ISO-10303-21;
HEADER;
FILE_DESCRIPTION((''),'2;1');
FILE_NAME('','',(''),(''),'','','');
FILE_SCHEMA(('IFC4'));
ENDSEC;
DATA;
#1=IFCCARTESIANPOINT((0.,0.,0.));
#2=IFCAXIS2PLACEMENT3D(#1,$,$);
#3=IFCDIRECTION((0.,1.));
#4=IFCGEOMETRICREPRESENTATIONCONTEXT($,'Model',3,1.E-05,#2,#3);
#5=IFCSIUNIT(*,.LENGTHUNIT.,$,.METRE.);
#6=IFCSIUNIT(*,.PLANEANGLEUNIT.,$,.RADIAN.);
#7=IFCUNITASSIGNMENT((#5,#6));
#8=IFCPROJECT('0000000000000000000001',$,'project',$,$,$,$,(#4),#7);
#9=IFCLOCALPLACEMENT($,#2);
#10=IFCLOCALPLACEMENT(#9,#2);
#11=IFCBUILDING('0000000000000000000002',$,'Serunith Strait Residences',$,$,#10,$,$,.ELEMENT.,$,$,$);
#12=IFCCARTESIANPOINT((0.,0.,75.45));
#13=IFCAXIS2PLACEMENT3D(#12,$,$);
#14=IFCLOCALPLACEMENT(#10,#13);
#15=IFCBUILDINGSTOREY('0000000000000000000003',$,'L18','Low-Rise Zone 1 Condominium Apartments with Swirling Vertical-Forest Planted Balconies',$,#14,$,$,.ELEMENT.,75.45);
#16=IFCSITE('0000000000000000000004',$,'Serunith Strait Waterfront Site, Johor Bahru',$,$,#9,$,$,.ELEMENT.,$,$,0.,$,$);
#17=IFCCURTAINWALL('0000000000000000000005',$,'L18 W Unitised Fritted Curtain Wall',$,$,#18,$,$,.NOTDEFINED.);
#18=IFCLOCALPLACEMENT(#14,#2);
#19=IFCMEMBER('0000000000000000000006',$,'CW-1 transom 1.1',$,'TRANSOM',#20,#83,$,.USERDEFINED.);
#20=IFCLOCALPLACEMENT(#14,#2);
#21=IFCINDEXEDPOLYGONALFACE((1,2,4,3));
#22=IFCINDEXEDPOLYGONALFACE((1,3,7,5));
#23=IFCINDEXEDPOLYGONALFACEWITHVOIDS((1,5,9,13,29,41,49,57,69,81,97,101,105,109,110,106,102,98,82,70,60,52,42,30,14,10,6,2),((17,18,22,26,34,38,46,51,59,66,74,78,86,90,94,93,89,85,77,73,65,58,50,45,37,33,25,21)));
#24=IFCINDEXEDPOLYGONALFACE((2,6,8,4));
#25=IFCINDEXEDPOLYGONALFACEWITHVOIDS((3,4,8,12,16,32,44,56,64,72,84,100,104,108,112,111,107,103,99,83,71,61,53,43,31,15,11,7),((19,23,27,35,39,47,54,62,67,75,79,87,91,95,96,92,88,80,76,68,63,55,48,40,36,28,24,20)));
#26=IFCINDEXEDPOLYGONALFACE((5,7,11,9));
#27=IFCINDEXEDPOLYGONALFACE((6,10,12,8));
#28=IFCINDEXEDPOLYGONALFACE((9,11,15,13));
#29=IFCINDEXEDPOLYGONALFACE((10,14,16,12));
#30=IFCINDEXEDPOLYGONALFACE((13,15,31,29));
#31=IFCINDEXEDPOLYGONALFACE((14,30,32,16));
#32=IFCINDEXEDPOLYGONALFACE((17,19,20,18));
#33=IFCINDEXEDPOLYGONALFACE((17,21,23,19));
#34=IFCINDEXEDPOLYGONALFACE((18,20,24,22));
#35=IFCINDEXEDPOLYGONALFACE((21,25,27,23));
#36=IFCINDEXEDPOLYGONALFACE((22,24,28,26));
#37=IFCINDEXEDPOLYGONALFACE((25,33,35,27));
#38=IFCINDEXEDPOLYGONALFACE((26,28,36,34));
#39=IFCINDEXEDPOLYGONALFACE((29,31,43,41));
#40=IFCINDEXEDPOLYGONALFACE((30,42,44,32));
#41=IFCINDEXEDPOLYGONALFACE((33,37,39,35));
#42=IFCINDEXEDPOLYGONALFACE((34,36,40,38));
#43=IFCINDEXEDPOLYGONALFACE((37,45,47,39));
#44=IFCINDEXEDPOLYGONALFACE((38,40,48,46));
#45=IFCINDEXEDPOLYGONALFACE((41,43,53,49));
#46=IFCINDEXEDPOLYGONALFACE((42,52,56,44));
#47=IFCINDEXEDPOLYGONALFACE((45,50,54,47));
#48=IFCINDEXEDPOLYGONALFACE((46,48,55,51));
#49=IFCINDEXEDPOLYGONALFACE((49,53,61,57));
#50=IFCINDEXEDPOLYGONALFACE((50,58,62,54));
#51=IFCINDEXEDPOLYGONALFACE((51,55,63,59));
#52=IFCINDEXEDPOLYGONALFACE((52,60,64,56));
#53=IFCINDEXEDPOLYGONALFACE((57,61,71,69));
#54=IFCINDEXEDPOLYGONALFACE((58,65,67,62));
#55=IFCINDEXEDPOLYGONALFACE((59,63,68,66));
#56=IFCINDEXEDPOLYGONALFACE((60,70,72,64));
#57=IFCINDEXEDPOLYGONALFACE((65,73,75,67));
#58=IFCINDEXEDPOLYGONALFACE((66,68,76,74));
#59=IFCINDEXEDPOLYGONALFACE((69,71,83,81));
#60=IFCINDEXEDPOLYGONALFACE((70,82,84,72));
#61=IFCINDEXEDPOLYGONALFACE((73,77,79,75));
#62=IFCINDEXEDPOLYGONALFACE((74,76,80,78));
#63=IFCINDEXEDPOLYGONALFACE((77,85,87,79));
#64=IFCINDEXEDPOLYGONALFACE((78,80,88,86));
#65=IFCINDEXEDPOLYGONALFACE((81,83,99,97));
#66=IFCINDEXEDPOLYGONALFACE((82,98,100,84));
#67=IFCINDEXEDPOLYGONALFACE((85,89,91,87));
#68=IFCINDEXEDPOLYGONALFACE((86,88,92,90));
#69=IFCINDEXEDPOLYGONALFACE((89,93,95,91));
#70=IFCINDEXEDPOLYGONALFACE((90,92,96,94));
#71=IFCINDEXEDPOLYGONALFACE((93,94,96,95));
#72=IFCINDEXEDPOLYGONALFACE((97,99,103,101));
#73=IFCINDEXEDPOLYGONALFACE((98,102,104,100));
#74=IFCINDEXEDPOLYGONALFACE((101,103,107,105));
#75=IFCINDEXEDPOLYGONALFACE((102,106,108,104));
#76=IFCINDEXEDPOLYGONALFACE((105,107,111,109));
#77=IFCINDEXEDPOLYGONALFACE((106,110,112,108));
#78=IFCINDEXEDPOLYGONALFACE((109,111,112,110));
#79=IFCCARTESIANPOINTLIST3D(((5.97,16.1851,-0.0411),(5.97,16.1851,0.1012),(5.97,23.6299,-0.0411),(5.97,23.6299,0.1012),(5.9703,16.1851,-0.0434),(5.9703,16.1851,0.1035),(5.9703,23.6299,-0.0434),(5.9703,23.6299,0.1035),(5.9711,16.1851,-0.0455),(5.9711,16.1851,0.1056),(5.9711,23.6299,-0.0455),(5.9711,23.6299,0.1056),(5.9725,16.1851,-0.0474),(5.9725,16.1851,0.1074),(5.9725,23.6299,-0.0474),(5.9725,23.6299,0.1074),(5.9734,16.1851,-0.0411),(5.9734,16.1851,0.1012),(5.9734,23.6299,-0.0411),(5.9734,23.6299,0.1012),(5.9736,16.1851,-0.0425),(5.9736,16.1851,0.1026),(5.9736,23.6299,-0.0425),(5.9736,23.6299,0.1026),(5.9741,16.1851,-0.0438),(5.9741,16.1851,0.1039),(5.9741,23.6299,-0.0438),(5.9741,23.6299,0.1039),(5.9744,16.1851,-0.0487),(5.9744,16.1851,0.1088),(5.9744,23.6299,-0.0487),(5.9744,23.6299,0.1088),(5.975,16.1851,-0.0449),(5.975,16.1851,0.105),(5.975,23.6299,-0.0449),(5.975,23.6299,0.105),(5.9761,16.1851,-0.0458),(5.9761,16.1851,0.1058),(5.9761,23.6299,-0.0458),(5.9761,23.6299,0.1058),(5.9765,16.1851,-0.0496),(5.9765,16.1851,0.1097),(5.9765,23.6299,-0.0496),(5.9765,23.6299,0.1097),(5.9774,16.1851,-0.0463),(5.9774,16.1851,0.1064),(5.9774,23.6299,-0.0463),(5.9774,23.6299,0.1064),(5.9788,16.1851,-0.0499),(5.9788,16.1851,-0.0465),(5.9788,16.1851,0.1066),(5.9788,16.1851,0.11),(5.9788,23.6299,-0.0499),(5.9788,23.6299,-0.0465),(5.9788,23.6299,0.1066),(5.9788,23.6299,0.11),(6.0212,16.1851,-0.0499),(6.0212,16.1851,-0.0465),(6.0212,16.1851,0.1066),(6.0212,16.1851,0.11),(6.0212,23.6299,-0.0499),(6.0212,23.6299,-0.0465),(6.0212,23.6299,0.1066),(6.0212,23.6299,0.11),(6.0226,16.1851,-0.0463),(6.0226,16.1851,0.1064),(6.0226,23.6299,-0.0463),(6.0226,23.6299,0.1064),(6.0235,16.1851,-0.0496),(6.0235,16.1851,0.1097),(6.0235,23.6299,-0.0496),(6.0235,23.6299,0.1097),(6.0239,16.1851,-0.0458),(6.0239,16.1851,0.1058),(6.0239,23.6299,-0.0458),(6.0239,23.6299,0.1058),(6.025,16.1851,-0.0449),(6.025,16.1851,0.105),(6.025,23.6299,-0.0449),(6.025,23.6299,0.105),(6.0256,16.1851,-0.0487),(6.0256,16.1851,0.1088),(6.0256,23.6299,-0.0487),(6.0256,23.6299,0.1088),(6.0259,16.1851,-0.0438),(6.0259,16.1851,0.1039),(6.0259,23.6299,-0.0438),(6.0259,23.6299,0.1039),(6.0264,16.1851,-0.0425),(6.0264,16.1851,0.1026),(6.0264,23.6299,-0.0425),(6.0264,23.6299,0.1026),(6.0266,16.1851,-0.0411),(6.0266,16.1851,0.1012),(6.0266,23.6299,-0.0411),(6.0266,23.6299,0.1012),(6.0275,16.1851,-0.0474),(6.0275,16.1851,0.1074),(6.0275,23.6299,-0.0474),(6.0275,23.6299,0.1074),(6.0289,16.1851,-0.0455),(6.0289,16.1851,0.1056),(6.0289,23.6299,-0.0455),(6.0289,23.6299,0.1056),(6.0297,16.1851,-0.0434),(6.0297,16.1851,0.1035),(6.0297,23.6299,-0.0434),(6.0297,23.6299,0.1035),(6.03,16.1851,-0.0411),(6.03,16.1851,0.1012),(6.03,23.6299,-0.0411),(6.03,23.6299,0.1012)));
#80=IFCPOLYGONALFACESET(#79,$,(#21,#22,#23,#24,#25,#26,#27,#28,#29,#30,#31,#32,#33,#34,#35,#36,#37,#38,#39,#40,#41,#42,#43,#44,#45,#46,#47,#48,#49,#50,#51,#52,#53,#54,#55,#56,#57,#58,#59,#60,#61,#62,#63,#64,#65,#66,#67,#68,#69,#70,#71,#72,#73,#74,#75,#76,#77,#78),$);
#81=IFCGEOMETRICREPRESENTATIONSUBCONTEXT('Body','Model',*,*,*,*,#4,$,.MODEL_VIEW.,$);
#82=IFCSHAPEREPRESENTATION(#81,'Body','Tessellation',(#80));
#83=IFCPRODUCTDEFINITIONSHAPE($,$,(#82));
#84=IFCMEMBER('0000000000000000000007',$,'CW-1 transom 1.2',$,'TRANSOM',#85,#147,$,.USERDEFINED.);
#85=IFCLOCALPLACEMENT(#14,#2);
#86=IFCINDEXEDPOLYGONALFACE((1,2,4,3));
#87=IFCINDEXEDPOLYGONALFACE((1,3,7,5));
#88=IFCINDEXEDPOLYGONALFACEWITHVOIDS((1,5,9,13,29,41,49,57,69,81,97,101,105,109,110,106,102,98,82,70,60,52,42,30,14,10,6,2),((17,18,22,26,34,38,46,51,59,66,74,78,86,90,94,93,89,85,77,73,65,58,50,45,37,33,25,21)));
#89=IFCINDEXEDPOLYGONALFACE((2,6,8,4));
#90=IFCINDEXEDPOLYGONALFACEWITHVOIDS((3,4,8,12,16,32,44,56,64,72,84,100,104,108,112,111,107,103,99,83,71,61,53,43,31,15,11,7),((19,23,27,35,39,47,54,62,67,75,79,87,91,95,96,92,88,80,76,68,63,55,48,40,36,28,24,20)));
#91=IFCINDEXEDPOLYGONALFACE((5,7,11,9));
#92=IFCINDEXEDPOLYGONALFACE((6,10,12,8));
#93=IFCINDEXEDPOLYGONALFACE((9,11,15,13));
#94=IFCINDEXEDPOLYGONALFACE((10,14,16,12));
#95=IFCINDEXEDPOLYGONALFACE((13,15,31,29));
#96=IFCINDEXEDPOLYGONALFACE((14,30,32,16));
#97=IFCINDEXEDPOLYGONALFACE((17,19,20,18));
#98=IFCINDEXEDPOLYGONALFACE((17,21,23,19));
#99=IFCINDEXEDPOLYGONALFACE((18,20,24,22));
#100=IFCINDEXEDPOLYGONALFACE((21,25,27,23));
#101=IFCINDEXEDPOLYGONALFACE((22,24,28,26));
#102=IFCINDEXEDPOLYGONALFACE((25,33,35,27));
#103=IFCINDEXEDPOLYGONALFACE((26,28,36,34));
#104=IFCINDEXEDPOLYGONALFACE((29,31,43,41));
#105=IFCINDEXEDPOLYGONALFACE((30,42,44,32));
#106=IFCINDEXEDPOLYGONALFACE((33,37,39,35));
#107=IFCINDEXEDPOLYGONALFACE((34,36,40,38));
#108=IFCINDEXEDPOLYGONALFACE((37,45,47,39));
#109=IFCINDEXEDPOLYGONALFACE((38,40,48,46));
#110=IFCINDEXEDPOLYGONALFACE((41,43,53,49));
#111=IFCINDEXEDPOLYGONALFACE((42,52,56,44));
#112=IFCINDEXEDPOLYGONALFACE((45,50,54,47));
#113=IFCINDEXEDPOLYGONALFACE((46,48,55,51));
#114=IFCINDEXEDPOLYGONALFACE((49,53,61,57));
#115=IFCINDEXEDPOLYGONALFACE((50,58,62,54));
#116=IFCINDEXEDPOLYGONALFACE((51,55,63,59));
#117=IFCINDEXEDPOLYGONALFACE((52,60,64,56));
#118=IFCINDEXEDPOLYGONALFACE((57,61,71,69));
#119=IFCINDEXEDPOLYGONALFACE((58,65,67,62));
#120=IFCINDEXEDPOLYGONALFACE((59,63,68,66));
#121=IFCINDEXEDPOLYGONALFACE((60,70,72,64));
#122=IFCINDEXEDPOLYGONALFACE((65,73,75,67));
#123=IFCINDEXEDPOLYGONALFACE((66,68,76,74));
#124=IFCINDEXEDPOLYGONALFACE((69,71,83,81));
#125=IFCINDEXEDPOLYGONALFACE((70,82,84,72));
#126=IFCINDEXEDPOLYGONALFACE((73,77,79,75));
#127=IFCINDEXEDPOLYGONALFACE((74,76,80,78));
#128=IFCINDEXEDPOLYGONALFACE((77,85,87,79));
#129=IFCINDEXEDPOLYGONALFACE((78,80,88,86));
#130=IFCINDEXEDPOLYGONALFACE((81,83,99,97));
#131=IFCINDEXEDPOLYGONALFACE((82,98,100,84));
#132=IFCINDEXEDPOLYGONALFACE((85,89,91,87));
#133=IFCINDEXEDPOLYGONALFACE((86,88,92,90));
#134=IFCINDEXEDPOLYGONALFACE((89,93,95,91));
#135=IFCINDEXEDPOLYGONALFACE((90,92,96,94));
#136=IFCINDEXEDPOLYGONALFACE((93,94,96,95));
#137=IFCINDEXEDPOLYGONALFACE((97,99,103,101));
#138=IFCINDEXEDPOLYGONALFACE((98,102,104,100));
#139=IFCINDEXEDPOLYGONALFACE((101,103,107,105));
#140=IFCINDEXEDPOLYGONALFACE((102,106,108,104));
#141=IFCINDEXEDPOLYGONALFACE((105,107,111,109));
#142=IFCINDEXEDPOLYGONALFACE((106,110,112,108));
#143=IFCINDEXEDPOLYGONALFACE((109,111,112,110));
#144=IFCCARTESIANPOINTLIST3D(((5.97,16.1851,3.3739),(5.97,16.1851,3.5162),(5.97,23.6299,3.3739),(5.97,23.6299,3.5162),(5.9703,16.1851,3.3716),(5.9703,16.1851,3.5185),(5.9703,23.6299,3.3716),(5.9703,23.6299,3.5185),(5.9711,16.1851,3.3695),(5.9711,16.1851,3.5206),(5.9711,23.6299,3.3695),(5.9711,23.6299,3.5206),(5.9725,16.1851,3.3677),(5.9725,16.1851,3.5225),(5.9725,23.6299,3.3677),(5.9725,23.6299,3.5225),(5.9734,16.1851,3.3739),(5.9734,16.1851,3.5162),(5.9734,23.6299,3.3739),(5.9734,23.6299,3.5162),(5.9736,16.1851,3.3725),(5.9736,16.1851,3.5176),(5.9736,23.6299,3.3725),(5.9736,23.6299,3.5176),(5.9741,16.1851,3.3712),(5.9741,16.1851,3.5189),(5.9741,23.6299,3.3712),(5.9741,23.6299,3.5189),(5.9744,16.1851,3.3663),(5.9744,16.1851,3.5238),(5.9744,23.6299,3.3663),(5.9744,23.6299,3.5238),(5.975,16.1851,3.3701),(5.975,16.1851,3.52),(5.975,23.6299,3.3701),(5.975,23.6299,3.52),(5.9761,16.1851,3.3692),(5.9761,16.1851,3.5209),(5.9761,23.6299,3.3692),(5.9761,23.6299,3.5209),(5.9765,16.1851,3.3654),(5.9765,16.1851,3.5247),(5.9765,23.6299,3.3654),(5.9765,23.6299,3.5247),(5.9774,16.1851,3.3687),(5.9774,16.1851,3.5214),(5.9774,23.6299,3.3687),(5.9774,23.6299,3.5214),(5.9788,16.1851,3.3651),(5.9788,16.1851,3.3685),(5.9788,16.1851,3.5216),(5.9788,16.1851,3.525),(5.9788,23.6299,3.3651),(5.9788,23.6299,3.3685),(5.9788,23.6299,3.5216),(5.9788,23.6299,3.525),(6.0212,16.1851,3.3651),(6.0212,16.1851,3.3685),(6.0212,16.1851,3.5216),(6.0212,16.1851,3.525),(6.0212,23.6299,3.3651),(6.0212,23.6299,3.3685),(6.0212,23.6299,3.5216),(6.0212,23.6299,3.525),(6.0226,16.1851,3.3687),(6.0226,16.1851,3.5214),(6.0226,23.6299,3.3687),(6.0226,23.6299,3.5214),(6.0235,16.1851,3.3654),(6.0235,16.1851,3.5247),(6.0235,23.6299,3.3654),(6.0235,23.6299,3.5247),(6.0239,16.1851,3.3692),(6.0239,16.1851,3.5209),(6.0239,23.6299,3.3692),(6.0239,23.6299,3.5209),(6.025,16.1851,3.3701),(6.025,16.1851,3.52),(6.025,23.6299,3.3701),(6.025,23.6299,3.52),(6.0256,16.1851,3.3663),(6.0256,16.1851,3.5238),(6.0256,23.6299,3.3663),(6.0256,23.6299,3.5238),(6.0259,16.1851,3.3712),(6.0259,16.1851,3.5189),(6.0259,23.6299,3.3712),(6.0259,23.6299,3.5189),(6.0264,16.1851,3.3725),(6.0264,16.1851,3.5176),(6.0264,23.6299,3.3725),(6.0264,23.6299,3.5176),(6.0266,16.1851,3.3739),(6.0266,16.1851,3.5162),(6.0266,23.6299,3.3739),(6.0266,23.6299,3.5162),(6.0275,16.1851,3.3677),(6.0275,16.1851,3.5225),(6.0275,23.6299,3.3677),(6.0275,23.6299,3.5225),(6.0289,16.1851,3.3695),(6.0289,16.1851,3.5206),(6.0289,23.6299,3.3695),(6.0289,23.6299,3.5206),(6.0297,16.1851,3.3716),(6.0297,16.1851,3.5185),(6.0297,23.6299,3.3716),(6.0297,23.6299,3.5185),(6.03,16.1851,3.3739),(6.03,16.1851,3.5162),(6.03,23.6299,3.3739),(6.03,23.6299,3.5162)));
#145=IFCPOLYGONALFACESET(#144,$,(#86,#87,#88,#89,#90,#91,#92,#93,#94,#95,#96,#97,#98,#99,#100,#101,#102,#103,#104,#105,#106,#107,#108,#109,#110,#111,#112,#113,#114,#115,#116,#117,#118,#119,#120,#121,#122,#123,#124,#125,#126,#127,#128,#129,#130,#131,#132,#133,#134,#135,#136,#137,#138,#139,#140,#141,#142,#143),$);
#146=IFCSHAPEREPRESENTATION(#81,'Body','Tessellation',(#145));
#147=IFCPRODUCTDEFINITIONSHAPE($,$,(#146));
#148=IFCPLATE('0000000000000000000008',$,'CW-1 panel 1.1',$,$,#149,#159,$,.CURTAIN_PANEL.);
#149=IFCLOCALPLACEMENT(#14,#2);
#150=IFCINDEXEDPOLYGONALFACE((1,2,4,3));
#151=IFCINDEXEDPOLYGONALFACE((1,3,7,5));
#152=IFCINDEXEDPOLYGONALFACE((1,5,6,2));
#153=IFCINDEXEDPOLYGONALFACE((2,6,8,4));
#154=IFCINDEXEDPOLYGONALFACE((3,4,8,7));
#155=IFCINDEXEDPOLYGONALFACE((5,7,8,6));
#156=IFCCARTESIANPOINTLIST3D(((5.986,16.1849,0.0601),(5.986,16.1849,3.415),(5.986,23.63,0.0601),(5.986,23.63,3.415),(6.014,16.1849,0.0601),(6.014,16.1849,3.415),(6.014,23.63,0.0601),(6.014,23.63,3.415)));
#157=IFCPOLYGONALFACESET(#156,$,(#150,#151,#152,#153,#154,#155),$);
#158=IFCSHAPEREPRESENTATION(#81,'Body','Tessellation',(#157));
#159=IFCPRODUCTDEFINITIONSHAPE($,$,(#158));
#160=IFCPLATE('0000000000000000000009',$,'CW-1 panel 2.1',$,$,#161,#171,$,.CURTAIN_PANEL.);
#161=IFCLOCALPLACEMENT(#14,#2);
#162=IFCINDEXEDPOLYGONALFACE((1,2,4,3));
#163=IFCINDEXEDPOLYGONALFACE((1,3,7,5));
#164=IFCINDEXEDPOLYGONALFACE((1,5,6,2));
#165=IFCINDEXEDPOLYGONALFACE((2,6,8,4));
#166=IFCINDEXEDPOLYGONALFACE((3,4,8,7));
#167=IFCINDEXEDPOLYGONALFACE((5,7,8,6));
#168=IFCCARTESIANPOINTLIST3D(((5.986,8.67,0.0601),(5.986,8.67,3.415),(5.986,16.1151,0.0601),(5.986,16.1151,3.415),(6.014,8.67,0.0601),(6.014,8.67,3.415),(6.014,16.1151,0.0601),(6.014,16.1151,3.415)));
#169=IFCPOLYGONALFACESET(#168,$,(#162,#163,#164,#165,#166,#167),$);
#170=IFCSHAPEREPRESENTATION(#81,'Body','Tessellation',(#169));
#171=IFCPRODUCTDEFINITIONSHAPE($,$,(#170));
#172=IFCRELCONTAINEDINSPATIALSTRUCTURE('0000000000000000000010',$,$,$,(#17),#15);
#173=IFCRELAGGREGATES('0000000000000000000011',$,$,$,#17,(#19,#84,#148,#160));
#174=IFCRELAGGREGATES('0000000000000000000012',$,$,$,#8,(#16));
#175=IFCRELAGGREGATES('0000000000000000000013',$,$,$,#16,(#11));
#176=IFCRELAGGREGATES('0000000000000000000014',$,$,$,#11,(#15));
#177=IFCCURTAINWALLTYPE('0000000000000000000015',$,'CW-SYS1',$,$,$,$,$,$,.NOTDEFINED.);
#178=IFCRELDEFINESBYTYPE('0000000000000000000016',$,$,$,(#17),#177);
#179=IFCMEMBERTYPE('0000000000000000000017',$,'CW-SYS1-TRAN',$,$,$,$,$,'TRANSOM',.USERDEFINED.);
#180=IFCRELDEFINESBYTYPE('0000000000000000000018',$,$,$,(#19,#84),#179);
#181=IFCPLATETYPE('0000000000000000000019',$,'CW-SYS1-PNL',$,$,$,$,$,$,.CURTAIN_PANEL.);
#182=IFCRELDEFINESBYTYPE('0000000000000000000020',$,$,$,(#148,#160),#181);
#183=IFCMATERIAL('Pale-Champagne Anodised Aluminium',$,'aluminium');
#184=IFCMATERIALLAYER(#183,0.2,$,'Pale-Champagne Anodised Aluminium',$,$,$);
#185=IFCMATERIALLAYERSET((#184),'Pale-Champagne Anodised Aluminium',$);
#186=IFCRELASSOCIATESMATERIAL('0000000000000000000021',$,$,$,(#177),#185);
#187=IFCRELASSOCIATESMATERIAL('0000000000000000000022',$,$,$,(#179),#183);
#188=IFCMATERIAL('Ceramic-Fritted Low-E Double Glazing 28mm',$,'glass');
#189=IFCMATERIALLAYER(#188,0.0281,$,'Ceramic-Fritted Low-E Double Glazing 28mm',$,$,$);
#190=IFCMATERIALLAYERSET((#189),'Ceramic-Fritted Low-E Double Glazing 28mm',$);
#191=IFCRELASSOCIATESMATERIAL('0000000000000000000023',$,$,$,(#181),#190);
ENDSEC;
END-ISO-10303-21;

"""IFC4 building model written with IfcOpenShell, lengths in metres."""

from ifc_helpers import new_model, si_unit, direction, frame, origin, origin_2d, place, context, subcontext, project, spatial, rectangle, hollow_rectangle, extrude, source, transform, mapped, material, layer, layer_set, material_profile, profile_set, type_object, element, aggregate, save


model = new_model("IFC4")

# Units and contexts
model_context = context("Model", 3, precision=1e-05, world=origin(), true_north=direction((0.0, 1.0)))
body_context = subcontext(model_context, "Body", "Model", "MODEL_VIEW")
ifc_project = project(units=[si_unit("LENGTHUNIT", "METRE"), si_unit("PLANEANGLEUNIT", "RADIAN")], contexts=[model_context])

# Site, building, storey
site_placement = place(None, origin())
site = spatial("IfcSite", under=ifc_project, at=site_placement, Name="Serunith Strait Waterfront Site, Johor Bahru", CompositionType="ELEMENT", RefElevation=0.0)
building_placement = place(site_placement, origin())
building = spatial("IfcBuilding", under=site, at=building_placement, Name="Serunith Strait Residences", CompositionType="ELEMENT")
storey_placement = place(building_placement, frame((0.0, 0.0, 75.45)))
storey = spatial("IfcBuildingStorey", under=building, at=storey_placement, Name="L18", Description="Low-Rise Zone 1 Condominium Apartments with Swirling Vertical-Forest Planted Balconies", CompositionType="ELEMENT", Elevation=75.45)

# Curtain wall, members, plates
ifc_material_1 = material(Name="Pale-Champagne Anodised Aluminium", Category="aluminium")
ifc_layer_1 = layer(ifc_material_1, 0.2, Name="Pale-Champagne Anodised Aluminium")
ifc_layer_set_1 = layer_set([ifc_layer_1], Name="Pale-Champagne Anodised Aluminium")
curtain_wall_type = type_object("IfcCurtainWallType", Name="CW-SYS1", PredefinedType="NOTDEFINED", material=ifc_layer_set_1)
curtain_wall_placement = place(storey_placement, origin())
curtain_wall = element("IfcCurtainWall", 1, at=curtain_wall_placement, inside=storey, type_object=curtain_wall_type, Name="L18 W Unitised Fritted Curtain Wall", PredefinedType="NOTDEFINED")
ifc_material_profile_1 = material_profile(ifc_material_1, hollow_rectangle(XDim=0.0601, YDim=0.1599, WallThickness=0.0034, InnerFilletRadius=0.0054, OuterFilletRadius=0.0088, at=origin_2d()), Name="ALU 160x60x3.5")
ifc_profile_set_1 = profile_set([ifc_material_profile_1], Name="Pale-Champagne Anodised Aluminium")
member_type_1 = type_object("IfcMemberType", Name="CW-SYS1-TRAN", ElementType="TRANSOM", PredefinedType="USERDEFINED", material=ifc_profile_set_1)
shared_shape_1 = source(origin(), body_context, "Body", "SweptSolid", [
    extrude(hollow_rectangle(XDim=0.0601, YDim=0.1599, WallThickness=0.0034, InnerFilletRadius=0.0054, OuterFilletRadius=0.0088, at=origin_2d()), origin(), (0.0, 0.0, 1.0), 7.4448),
])
member_1_placement = place(storey_placement, frame((6.0, 23.6299, 0.03), z_axis=(0.0, -1.0, 0.0), x_axis=(1.0, 0.0, 0.0)))
member_1 = element("IfcMember", 2, at=member_1_placement, type_object=member_type_1, Name="CW-1 transom 1.1", ObjectType="TRANSOM", PredefinedType="USERDEFINED", context=body_context, shape_type="MappedRepresentation", body=[
    mapped(shared_shape_1, transform((0.0, 0.0, 0.0), scale=1.0)),
])
member_2_placement = place(storey_placement, frame((6.0, 23.6299, 3.4451), z_axis=(0.0, -1.0, 0.0), x_axis=(1.0, 0.0, 0.0)))
member_2 = element("IfcMember", 3, at=member_2_placement, type_object=member_type_1, Name="CW-1 transom 1.2", ObjectType="TRANSOM", PredefinedType="USERDEFINED", context=body_context, shape_type="MappedRepresentation", body=[
    mapped(shared_shape_1, transform((0.0, 0.0, 0.0), scale=1.0)),
])
ifc_material_2 = material(Name="Ceramic-Fritted Low-E Double Glazing 28mm", Category="glass")
ifc_layer_2 = layer(ifc_material_2, 0.0281, Name="Ceramic-Fritted Low-E Double Glazing 28mm")
ifc_layer_set_2 = layer_set([ifc_layer_2], Name="Ceramic-Fritted Low-E Double Glazing 28mm")
plate_type = type_object("IfcPlateType", Name="CW-SYS1-PNL", PredefinedType="CURTAIN_PANEL", material=ifc_layer_set_2)
shared_shape_2 = source(origin(), body_context, "Body", "SweptSolid", [
    extrude(rectangle(XDim=7.4451, YDim=0.0281, at=origin_2d()), origin(), (0.0, 0.0, 1.0), 3.355),
])
plate_1_placement = place(storey_placement, frame((6.0, 19.9075, 0.0601), z_axis=(0.0, 0.0, 1.0), x_axis=(0.0, -1.0, 0.0)))
plate_1 = element("IfcPlate", 4, at=plate_1_placement, type_object=plate_type, Name="CW-1 panel 1.1", PredefinedType="CURTAIN_PANEL", context=body_context, shape_type="MappedRepresentation", body=[
    mapped(shared_shape_2, transform((0.0, 0.0, 0.0), scale=1.0)),
])
plate_2_placement = place(storey_placement, frame((6.0, 12.3926, 0.0601), z_axis=(0.0, 0.0, 1.0), x_axis=(0.0, -1.0, 0.0)))
plate_2 = element("IfcPlate", 5, at=plate_2_placement, type_object=plate_type, Name="CW-1 panel 2.1", PredefinedType="CURTAIN_PANEL", context=body_context, shape_type="MappedRepresentation", body=[
    mapped(shared_shape_2, transform((0.0, 0.0, 0.0), scale=1.0)),
])
aggregate(curtain_wall, [member_1, member_2, plate_1, plate_2])

save(model, "model.ifc")
